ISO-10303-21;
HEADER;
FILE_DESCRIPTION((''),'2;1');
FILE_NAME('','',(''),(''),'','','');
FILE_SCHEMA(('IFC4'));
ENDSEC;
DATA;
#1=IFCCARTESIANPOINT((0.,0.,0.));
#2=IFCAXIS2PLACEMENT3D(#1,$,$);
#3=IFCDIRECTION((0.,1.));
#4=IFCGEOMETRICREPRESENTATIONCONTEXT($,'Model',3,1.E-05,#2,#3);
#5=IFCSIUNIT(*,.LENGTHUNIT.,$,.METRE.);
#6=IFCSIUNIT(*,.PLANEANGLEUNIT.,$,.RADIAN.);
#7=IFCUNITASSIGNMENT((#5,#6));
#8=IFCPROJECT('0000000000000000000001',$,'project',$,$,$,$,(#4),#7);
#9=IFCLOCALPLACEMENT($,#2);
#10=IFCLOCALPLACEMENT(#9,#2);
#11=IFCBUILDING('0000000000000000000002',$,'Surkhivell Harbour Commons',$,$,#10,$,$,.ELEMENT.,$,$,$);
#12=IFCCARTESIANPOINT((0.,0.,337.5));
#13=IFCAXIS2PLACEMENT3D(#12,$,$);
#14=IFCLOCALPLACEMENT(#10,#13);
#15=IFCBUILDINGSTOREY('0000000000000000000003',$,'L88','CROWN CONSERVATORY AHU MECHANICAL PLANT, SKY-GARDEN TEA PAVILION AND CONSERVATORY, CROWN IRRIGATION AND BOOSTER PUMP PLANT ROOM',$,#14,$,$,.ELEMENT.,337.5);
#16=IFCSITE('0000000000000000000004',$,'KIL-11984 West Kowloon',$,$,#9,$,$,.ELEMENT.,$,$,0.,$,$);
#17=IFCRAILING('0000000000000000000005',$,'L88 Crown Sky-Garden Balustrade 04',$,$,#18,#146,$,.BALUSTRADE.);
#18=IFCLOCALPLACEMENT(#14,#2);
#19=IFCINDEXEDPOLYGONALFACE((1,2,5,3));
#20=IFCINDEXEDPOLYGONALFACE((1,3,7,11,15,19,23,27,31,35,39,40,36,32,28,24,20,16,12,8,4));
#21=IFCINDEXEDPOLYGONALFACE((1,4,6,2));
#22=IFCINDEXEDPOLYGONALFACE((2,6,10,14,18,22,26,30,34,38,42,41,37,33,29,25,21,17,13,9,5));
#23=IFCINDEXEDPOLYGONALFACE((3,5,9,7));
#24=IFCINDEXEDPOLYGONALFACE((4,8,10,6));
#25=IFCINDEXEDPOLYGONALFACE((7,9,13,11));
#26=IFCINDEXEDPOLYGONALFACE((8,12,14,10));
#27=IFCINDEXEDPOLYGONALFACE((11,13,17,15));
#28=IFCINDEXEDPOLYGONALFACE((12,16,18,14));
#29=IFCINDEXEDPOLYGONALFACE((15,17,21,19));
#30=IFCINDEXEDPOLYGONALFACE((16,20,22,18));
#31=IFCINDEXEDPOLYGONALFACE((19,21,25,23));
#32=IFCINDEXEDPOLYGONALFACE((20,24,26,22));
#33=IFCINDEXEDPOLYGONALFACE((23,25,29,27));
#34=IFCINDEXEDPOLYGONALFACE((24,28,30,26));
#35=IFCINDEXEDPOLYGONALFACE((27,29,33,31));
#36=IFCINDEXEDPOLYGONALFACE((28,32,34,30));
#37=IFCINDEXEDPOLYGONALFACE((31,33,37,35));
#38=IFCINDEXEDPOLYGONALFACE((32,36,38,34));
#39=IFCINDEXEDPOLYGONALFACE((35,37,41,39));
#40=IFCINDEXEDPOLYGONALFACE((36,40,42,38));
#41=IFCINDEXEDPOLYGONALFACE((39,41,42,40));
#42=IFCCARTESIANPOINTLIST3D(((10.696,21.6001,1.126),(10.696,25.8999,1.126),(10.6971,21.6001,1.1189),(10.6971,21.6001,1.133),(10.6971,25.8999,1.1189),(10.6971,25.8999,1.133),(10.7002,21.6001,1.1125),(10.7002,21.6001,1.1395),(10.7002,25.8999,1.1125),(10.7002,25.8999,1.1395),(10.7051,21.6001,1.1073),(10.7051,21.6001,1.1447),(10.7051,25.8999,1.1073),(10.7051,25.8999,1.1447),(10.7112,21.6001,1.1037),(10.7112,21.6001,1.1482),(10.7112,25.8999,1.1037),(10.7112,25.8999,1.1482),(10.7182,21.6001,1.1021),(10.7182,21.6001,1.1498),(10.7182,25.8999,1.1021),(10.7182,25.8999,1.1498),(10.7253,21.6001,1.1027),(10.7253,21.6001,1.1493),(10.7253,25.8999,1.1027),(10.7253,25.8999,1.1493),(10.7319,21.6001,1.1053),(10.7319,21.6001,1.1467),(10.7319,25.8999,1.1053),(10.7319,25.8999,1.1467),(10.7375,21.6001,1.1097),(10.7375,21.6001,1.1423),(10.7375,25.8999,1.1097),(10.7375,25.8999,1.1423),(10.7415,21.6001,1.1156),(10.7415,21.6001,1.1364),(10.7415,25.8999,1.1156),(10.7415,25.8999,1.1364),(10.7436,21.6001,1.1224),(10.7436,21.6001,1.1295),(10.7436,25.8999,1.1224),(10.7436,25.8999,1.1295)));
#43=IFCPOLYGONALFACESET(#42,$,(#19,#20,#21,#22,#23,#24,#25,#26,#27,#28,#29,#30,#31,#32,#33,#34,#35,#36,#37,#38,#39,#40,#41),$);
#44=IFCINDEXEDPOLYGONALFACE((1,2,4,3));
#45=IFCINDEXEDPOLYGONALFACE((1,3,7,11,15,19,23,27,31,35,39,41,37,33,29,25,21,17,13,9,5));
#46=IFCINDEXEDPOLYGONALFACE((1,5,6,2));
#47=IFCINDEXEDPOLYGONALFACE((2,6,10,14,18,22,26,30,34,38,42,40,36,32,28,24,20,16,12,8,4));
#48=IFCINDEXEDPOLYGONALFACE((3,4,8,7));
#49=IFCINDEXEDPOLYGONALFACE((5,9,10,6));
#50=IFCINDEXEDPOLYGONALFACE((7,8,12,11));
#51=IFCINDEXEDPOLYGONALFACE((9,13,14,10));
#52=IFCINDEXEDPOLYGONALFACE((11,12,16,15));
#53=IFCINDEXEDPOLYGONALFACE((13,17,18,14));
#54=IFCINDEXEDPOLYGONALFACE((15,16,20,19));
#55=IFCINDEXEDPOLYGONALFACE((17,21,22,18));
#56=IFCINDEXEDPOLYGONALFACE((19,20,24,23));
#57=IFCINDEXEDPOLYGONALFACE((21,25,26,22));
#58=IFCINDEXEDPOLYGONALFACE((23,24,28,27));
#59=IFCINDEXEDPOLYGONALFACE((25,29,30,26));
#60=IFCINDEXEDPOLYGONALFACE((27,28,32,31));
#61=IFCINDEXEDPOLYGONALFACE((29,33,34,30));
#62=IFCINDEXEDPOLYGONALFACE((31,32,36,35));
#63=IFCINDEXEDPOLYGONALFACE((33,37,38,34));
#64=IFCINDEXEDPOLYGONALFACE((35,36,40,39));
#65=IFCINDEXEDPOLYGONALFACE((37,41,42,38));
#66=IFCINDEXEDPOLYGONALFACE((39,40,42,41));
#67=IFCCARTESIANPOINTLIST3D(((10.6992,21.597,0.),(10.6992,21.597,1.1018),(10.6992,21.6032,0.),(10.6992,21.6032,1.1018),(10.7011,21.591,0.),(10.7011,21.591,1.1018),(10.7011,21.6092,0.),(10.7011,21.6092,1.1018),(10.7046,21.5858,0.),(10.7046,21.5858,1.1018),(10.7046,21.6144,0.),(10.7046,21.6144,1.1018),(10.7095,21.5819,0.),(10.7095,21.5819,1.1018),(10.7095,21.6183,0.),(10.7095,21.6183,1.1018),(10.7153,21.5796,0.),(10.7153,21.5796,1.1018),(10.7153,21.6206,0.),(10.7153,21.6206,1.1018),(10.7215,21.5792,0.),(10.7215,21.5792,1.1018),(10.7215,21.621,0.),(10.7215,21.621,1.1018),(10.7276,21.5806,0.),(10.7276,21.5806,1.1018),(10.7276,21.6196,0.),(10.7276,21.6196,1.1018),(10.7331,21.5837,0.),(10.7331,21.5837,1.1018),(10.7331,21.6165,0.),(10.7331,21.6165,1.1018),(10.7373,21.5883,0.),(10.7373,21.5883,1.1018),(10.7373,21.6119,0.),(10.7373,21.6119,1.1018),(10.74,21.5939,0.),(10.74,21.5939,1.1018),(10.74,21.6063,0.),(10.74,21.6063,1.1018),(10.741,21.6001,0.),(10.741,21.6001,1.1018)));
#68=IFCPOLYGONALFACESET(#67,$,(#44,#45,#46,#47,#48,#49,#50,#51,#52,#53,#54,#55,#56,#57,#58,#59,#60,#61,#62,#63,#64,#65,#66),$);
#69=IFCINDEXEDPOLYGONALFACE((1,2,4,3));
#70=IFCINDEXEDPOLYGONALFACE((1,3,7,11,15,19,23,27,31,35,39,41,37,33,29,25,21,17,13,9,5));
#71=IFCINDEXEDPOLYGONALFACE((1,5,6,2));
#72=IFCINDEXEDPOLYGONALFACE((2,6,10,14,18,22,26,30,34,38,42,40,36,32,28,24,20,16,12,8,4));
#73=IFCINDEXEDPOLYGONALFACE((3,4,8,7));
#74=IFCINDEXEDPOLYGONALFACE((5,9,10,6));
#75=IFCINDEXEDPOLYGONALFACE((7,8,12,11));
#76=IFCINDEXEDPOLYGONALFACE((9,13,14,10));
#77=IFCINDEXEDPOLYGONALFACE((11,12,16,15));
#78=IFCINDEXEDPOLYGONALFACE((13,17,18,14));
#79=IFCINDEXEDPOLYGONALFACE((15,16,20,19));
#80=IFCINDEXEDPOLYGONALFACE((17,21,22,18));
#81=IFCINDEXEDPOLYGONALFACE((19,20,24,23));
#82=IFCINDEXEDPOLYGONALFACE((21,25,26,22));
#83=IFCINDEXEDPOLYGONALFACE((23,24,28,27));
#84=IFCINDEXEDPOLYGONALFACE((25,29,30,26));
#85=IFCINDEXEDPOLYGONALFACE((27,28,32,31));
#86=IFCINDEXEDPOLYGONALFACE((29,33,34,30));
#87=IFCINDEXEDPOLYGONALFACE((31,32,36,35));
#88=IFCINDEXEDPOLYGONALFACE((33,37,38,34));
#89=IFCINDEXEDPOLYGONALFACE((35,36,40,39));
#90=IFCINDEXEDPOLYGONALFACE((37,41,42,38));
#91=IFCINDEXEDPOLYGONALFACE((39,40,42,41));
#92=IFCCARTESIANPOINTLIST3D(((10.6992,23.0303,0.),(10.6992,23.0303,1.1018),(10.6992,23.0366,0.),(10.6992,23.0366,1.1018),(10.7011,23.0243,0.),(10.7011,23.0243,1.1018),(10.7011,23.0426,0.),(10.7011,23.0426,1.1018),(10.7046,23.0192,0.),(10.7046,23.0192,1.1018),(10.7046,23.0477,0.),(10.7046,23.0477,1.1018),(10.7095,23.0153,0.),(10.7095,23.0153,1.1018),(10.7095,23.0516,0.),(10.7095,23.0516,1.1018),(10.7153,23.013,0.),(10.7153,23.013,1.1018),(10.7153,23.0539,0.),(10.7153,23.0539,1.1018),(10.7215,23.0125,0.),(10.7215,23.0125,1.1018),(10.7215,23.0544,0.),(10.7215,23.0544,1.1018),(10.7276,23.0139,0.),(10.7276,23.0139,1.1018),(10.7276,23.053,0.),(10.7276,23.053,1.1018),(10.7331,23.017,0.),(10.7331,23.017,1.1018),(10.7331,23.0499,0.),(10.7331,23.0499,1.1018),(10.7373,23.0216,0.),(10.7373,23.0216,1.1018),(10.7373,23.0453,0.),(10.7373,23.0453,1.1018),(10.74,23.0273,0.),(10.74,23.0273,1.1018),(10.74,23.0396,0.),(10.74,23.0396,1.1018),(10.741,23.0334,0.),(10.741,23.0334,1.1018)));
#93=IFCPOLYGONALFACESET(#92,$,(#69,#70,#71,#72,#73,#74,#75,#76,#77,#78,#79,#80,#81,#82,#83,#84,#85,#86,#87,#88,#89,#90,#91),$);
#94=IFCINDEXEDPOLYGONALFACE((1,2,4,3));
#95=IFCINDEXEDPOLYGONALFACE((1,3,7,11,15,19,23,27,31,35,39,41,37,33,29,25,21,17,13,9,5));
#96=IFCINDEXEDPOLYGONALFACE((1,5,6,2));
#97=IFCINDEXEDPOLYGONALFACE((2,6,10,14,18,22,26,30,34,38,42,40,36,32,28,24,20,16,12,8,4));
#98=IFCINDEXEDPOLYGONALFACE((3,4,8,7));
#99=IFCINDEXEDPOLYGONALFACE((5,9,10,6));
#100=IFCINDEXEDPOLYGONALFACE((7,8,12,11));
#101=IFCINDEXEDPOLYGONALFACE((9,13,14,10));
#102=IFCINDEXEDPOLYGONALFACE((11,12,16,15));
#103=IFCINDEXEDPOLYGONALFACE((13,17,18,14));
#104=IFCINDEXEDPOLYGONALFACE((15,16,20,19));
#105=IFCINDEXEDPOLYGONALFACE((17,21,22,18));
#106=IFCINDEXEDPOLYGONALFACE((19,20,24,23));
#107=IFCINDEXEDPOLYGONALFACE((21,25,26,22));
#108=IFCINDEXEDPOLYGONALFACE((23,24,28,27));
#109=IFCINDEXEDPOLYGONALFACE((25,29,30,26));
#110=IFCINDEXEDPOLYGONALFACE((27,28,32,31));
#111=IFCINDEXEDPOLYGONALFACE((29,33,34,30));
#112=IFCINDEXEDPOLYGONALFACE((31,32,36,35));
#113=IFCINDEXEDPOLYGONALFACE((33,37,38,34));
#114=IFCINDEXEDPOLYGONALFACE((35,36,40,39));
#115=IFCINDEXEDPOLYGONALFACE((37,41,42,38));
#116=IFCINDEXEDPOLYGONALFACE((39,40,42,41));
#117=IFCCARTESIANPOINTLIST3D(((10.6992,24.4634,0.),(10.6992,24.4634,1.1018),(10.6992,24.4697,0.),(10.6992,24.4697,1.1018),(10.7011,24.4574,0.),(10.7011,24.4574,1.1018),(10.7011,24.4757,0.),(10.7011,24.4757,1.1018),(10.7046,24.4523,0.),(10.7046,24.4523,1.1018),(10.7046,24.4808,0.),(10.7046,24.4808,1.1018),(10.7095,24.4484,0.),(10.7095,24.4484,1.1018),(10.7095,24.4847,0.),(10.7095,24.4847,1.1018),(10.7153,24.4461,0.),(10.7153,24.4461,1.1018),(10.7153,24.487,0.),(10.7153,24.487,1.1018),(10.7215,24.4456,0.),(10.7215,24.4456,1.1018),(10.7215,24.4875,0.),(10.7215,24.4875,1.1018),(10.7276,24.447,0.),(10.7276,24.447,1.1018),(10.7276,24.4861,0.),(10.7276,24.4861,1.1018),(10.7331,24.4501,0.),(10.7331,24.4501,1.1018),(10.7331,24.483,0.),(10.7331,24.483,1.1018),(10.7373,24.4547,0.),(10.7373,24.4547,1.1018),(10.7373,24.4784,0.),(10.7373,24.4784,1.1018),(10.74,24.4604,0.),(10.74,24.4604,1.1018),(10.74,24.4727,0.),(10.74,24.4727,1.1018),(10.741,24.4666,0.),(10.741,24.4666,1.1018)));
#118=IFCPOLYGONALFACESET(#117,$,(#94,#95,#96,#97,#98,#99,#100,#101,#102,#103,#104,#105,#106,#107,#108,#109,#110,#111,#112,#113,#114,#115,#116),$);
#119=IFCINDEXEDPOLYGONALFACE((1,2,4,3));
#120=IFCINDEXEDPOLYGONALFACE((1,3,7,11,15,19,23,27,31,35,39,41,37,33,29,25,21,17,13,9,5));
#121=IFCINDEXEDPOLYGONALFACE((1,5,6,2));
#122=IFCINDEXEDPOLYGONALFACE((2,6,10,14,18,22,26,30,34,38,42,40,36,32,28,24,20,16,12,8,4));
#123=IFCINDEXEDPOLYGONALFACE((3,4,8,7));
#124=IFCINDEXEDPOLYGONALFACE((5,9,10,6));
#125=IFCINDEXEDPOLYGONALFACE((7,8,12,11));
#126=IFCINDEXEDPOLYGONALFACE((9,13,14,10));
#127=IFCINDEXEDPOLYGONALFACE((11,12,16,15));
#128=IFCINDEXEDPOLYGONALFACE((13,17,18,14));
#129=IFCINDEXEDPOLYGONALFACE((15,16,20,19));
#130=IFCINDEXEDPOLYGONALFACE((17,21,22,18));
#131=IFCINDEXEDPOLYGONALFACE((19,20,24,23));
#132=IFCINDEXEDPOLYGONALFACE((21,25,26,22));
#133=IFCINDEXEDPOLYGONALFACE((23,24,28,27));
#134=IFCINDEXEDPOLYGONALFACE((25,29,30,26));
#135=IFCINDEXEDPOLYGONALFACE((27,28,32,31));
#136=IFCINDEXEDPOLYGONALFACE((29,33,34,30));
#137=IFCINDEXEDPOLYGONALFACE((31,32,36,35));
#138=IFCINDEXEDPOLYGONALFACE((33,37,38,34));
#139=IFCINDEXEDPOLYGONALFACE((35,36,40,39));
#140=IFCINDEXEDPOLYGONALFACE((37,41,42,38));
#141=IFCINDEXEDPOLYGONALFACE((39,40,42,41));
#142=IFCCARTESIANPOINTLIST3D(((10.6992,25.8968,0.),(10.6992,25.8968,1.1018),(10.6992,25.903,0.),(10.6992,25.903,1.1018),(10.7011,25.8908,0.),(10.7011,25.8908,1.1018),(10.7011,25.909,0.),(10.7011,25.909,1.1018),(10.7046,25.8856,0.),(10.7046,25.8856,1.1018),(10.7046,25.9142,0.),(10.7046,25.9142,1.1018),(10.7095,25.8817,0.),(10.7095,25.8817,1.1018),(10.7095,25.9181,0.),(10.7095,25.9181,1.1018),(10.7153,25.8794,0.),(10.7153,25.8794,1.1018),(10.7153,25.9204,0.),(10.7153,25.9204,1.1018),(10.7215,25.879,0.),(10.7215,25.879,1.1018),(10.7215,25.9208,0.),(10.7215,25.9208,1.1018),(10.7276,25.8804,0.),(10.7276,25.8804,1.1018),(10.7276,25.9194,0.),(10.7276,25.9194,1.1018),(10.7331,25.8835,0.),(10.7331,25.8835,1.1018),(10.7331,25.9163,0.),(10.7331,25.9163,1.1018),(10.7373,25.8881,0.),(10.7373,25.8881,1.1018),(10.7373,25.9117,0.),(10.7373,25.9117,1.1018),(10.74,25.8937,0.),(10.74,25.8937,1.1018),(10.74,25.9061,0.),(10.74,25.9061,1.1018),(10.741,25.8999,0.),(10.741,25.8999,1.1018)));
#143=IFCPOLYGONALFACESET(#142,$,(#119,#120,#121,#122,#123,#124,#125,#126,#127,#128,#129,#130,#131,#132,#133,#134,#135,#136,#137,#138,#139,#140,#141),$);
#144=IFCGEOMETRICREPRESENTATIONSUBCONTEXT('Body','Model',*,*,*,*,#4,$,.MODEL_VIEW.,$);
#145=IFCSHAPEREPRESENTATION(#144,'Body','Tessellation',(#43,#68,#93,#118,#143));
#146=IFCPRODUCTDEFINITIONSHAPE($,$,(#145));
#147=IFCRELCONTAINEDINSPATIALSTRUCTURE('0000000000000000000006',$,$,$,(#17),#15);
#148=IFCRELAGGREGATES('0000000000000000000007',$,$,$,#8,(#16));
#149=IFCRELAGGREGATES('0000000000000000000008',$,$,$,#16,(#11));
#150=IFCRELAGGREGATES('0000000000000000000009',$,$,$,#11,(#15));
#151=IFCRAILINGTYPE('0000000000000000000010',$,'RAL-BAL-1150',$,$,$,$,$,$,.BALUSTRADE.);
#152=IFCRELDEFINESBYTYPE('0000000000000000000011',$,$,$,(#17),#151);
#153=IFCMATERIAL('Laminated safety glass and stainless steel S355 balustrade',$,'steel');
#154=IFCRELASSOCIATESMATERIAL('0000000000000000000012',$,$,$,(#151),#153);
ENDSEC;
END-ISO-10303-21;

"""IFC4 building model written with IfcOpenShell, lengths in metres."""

from ifc_helpers import new_model, si_unit, direction, frame, origin, origin_2d, place, context, subcontext, project, spatial, circle, extrude, material, type_object, element, save


model = new_model("IFC4")

# Units and contexts
model_context = context("Model", 3, precision=1e-05, world=origin(), true_north=direction((0.0, 1.0)))
body_context = subcontext(model_context, "Body", "Model", "MODEL_VIEW")
ifc_project = project(units=[si_unit("LENGTHUNIT", "METRE"), si_unit("PLANEANGLEUNIT", "RADIAN")], contexts=[model_context])

# Site, building, storey
site_placement = place(None, origin())
site = spatial("IfcSite", under=ifc_project, at=site_placement, Name="KIL-11984 West Kowloon", CompositionType="ELEMENT", RefElevation=0.0)
building_placement = place(site_placement, origin())
building = spatial("IfcBuilding", under=site, at=building_placement, Name="Surkhivell Harbour Commons", CompositionType="ELEMENT")
storey_placement = place(building_placement, frame((0.0, 0.0, 337.5)))
storey = spatial("IfcBuildingStorey", under=building, at=storey_placement, Name="L88", Description="CROWN CONSERVATORY AHU MECHANICAL PLANT, SKY-GARDEN TEA PAVILION AND CONSERVATORY, CROWN IRRIGATION AND BOOSTER PUMP PLANT ROOM", CompositionType="ELEMENT", Elevation=337.5)

# Railing
ifc_material_1 = material(Name="Laminated safety glass and stainless steel S355 balustrade", Category="steel")
railing_type = type_object("IfcRailingType", Name="RAL-BAL-1150", PredefinedType="BALUSTRADE", material=ifc_material_1)
railing_1_placement = place(storey_placement, frame((10.72, 21.6001, 0.0)))
element("IfcRailing", 1, at=railing_1_placement, inside=storey, type_object=railing_type, Name="L88 Crown Sky-Garden Balustrade 04", PredefinedType="BALUSTRADE", context=body_context, shape_type="SweptSolid", body=[
    extrude(circle(Radius=0.0239, at=origin_2d()), frame((0.0, 0.0, 1.126), z_axis=(0.0, 1.0, 0.0), x_axis=(-1.0, 0.0, 0.0)), (0.0, 0.0, 1.0), 4.2998),
    extrude(circle(Radius=0.021, at=origin_2d()), origin(), (0.0, 0.0, 1.0), 1.1018),
    extrude(circle(Radius=0.021, at=origin_2d()), frame((0.0, 1.4333, 0.0)), (0.0, 0.0, 1.0), 1.1018),
    extrude(circle(Radius=0.021, at=origin_2d()), frame((0.0, 2.8665, 0.0)), (0.0, 0.0, 1.0), 1.1018),
    extrude(circle(Radius=0.021, at=origin_2d()), frame((0.0, 4.2998, 0.0)), (0.0, 0.0, 1.0), 1.1018),
])

save(model, "model.ifc")
